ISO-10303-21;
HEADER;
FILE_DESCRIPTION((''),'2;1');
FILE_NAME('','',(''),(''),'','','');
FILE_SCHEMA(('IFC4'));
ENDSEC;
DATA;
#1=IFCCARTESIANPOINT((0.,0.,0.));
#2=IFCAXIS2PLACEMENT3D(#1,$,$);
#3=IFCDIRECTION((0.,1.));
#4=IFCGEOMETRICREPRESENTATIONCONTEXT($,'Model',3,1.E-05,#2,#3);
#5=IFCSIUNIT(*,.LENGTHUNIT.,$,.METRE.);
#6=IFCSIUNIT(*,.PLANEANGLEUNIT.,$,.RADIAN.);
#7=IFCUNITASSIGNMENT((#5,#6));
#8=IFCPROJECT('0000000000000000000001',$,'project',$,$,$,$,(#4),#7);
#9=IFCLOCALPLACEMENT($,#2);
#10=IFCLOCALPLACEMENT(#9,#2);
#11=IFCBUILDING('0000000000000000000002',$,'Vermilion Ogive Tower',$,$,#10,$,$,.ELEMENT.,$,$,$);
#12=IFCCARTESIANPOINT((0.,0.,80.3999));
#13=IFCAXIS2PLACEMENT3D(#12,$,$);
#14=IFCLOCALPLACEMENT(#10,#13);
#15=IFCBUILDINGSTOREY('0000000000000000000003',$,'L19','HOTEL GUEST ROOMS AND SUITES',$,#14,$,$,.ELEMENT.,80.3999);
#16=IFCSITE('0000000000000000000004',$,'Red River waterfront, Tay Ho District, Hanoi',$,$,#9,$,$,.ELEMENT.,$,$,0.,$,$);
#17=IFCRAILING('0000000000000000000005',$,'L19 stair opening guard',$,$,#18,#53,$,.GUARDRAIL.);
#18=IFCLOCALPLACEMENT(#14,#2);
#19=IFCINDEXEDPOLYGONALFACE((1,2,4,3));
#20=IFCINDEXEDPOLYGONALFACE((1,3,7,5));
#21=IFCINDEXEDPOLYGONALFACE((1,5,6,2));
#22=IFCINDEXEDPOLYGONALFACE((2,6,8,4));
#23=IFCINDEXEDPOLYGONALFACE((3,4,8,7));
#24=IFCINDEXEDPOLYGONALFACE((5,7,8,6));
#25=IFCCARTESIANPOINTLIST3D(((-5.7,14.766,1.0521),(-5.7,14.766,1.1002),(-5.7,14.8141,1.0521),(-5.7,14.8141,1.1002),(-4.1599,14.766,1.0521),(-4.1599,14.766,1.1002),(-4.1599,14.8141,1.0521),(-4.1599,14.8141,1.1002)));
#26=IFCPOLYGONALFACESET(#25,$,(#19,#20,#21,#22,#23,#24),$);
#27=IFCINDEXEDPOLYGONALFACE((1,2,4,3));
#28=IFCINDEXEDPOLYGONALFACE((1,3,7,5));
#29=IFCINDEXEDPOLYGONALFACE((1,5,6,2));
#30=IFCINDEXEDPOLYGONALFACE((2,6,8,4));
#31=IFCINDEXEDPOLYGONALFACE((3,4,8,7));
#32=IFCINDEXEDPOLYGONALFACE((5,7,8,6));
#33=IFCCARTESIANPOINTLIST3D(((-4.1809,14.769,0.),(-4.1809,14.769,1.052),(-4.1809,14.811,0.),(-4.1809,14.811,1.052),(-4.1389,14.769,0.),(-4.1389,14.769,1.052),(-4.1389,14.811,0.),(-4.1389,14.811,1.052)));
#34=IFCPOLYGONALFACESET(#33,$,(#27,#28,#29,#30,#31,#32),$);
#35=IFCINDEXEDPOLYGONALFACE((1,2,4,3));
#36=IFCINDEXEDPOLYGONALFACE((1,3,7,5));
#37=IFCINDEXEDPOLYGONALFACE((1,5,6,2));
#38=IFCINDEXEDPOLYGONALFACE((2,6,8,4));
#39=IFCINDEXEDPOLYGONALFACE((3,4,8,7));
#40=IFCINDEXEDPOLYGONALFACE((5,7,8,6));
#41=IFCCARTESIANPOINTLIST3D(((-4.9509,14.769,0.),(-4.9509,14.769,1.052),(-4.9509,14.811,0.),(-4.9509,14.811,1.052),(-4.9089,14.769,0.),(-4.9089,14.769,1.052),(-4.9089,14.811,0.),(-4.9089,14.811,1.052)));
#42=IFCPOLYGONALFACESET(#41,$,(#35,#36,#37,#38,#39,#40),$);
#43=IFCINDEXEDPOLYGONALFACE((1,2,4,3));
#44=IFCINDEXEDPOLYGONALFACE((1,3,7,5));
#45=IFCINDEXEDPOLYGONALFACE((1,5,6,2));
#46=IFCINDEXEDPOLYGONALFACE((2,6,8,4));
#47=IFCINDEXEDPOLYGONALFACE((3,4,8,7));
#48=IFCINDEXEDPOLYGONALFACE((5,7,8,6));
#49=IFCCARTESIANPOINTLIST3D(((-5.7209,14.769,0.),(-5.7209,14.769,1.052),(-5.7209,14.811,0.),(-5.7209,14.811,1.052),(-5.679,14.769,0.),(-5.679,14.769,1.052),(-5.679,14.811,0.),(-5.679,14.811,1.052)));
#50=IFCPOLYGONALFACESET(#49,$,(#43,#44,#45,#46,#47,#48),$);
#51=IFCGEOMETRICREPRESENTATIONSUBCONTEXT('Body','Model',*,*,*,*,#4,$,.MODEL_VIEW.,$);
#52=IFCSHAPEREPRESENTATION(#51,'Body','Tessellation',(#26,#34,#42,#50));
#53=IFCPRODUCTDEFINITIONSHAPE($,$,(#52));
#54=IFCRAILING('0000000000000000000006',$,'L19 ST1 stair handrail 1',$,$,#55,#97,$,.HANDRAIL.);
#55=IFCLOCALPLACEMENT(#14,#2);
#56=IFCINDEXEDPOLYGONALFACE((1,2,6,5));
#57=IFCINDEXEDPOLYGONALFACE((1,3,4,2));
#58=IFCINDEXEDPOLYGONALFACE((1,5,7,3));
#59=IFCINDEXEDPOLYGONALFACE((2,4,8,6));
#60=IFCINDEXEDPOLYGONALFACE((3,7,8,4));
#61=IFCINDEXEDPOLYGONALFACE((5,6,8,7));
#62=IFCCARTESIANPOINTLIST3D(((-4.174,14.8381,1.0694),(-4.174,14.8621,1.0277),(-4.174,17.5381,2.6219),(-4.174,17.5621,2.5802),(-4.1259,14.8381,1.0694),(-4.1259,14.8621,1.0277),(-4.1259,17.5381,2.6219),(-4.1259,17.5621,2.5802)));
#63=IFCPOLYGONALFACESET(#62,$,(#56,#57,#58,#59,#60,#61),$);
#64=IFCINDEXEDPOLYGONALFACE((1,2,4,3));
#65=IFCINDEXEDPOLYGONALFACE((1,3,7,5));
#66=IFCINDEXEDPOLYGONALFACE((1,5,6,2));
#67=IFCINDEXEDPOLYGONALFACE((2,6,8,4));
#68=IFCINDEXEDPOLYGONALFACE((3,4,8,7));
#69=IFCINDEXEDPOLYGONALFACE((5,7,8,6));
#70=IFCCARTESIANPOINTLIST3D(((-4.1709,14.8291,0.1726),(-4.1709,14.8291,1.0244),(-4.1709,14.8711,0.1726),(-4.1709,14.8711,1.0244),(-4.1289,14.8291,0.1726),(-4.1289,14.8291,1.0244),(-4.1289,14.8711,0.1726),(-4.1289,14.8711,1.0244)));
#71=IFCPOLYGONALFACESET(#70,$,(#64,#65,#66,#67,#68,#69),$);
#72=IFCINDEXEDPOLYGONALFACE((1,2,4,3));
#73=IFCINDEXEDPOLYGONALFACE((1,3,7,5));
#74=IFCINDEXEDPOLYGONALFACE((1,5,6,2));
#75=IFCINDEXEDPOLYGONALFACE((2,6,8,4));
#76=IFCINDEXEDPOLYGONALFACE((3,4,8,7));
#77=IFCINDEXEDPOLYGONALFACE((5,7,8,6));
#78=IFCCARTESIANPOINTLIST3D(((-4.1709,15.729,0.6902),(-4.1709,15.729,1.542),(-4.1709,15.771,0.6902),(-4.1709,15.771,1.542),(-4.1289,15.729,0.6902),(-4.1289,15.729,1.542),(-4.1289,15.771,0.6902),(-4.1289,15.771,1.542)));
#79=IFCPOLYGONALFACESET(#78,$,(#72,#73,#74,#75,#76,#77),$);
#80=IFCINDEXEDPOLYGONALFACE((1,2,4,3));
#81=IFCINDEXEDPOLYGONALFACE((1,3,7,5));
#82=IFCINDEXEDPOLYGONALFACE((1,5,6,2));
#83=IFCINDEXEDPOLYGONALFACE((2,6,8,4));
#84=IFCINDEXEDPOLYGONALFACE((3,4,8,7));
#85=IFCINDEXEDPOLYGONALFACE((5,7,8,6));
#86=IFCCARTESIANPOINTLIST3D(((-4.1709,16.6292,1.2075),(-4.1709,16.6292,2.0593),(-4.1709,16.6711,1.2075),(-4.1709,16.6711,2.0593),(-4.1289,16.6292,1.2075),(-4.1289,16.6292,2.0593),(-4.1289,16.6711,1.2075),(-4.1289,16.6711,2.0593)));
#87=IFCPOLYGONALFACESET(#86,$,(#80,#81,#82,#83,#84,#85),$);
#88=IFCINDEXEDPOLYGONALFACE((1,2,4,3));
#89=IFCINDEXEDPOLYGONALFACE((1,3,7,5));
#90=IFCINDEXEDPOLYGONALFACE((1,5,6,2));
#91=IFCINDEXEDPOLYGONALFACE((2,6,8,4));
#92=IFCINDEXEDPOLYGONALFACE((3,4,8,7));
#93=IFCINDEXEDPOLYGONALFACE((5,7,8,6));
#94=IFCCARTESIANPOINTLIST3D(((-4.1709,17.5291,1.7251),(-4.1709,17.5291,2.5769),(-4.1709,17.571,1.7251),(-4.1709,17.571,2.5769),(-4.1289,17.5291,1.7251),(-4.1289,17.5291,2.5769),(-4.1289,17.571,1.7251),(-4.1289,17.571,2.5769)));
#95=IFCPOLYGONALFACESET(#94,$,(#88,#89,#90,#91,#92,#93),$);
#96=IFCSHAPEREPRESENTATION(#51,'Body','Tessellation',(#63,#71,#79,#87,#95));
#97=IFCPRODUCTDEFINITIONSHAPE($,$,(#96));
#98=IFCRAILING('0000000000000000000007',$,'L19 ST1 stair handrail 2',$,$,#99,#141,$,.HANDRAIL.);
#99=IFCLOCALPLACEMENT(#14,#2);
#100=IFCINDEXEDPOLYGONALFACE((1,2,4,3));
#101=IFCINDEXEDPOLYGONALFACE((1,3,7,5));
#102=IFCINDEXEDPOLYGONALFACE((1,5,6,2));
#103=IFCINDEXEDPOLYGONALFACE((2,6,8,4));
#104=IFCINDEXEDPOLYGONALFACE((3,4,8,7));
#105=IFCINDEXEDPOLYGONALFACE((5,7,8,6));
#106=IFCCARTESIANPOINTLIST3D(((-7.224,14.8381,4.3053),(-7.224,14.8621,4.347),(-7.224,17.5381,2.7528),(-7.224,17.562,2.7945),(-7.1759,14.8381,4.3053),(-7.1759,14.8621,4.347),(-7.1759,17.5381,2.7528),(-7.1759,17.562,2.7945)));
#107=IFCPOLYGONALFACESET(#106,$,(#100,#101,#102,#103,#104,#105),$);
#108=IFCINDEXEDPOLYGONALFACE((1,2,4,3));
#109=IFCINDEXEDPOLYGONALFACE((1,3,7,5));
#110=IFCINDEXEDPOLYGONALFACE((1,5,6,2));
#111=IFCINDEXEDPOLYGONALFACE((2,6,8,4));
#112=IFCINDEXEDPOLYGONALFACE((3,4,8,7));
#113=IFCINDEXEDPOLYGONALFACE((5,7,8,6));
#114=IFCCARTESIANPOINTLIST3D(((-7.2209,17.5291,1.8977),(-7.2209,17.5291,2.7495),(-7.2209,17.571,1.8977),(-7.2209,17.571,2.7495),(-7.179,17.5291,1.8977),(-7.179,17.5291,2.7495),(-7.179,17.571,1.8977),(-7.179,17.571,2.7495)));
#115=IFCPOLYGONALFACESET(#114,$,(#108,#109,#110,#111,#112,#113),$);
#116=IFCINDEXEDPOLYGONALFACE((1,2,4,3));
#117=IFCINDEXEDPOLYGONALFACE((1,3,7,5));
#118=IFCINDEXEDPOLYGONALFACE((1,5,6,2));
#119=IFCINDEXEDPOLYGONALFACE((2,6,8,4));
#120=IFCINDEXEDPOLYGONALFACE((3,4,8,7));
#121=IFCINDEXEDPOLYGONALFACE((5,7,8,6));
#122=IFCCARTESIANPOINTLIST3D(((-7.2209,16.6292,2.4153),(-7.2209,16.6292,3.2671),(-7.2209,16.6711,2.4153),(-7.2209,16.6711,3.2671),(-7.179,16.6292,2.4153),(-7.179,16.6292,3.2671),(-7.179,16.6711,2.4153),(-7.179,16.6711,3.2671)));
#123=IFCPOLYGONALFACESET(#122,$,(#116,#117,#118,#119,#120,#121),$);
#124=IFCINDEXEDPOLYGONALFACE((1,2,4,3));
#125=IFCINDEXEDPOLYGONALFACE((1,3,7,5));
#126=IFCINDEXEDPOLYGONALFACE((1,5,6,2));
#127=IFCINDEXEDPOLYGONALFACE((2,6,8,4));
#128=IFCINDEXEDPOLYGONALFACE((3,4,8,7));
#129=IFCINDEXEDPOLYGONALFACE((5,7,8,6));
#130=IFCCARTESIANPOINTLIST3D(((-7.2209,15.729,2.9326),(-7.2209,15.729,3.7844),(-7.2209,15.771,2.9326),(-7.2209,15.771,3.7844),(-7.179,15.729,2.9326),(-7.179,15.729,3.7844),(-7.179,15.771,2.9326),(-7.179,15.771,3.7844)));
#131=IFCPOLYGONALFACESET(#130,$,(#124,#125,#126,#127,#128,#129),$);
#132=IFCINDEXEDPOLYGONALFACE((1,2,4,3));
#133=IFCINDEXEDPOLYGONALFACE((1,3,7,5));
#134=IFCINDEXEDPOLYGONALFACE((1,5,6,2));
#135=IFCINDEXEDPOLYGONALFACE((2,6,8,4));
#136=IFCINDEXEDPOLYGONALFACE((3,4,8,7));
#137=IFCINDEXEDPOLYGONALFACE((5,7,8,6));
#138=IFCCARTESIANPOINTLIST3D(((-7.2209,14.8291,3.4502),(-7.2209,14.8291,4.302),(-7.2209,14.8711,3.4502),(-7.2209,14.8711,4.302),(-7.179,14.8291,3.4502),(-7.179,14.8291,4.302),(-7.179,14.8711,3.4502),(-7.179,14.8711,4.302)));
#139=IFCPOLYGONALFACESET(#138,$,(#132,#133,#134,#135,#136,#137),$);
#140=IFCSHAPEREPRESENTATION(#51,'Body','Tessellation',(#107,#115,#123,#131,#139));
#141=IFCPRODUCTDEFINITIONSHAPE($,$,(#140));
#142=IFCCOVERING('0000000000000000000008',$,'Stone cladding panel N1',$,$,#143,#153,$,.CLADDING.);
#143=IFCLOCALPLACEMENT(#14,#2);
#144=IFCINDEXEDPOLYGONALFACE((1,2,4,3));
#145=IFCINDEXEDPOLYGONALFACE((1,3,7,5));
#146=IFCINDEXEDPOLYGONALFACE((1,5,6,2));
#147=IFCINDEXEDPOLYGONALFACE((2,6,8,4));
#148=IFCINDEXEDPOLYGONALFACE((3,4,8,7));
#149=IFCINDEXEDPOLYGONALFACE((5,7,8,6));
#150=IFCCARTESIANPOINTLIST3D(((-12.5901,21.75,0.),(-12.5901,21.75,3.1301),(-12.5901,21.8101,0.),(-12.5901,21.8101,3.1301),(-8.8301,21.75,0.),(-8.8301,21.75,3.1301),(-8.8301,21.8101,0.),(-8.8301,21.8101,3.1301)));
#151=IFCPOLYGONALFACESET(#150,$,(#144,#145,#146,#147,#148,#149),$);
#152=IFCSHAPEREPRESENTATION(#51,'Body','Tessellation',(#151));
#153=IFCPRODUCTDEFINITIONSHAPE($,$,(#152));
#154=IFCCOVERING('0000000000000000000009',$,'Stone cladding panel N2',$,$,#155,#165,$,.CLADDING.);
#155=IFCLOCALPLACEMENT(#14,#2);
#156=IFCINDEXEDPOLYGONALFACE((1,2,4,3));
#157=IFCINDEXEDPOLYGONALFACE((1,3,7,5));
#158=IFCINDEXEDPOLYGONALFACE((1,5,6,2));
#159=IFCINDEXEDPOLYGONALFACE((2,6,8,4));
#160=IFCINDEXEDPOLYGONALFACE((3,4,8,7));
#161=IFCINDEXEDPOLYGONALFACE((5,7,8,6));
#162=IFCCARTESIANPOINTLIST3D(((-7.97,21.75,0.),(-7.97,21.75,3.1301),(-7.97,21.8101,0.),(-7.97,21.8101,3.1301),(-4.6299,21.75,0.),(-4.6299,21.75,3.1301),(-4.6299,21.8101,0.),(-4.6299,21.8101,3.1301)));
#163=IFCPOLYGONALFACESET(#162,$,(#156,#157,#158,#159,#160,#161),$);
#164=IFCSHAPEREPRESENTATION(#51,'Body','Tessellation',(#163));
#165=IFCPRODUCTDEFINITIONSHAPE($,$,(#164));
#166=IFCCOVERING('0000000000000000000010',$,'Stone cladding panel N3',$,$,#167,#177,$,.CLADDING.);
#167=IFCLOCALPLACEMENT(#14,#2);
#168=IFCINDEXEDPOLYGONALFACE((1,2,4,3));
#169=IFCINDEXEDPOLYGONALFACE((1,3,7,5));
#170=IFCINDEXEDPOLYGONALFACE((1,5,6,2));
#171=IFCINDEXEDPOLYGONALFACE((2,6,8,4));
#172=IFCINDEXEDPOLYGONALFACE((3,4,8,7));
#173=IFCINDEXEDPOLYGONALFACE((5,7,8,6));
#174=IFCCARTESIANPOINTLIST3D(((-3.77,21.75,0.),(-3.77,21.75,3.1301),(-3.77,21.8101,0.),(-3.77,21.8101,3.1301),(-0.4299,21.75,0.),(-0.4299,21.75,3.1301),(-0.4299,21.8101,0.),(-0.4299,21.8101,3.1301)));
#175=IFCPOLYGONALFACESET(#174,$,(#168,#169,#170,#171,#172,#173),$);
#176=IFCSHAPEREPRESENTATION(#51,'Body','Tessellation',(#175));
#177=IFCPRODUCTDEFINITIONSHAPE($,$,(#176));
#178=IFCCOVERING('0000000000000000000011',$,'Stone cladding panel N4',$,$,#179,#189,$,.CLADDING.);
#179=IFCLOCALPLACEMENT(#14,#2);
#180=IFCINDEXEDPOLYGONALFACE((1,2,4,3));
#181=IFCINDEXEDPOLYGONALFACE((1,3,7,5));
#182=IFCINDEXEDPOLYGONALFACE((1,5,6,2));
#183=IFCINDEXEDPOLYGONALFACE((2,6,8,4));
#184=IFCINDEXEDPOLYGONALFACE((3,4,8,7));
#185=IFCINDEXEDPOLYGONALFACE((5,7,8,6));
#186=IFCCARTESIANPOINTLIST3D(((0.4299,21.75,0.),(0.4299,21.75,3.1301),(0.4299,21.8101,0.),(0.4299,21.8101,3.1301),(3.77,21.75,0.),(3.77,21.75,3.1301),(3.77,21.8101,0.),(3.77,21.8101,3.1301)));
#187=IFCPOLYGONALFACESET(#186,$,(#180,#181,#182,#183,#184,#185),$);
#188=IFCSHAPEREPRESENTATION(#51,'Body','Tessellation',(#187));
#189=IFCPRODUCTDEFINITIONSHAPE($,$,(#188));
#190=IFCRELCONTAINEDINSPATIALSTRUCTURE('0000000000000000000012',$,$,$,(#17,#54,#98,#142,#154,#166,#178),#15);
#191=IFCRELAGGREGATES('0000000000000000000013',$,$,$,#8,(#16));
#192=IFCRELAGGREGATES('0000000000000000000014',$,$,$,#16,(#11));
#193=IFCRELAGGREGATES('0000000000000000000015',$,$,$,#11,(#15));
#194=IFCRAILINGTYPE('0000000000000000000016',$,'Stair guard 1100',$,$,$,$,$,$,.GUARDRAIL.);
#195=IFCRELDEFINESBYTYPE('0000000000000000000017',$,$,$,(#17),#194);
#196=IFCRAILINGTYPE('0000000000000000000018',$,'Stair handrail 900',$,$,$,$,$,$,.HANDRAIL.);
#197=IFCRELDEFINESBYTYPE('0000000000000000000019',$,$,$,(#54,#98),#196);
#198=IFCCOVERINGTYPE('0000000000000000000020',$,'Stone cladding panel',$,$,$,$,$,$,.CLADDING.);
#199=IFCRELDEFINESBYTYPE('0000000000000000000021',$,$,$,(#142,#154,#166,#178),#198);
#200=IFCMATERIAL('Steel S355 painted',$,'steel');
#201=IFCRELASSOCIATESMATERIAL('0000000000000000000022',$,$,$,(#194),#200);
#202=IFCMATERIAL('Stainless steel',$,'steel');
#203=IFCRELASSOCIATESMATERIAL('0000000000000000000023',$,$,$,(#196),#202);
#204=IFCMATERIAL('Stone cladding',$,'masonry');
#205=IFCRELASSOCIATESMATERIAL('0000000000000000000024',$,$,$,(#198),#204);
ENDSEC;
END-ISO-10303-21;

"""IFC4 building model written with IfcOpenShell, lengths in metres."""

from ifc_helpers import new_model, si_unit, direction, frame, origin, origin_2d, place, context, subcontext, project, spatial, polyline, rectangle, outline, extrude, material, type_object, element, save


model = new_model("IFC4")

# Units and contexts
model_context = context("Model", 3, precision=1e-05, world=origin(), true_north=direction((0.0, 1.0)))
body_context = subcontext(model_context, "Body", "Model", "MODEL_VIEW")
ifc_project = project(units=[si_unit("LENGTHUNIT", "METRE"), si_unit("PLANEANGLEUNIT", "RADIAN")], contexts=[model_context])

# Site, building, storey
site_placement = place(None, origin())
site = spatial("IfcSite", under=ifc_project, at=site_placement, Name="Red River waterfront, Tay Ho District, Hanoi", CompositionType="ELEMENT", RefElevation=0.0)
building_placement = place(site_placement, origin())
building = spatial("IfcBuilding", under=site, at=building_placement, Name="Vermilion Ogive Tower", CompositionType="ELEMENT")
storey_placement = place(building_placement, frame((0.0, 0.0, 80.3999)))
storey = spatial("IfcBuildingStorey", under=building, at=storey_placement, Name="L19", Description="HOTEL GUEST ROOMS AND SUITES", CompositionType="ELEMENT", Elevation=80.3999)

# Railings
ifc_material_1 = material(Name="Steel S355 painted", Category="steel")
railing_type_1 = type_object("IfcRailingType", Name="Stair guard 1100", PredefinedType="GUARDRAIL", material=ifc_material_1)
railing_1_placement = place(storey_placement, frame((-4.1599, 14.79, 0.0)))
element("IfcRailing", 1, at=railing_1_placement, inside=storey, type_object=railing_type_1, Name="L19 stair opening guard", PredefinedType="GUARDRAIL", context=body_context, shape_type="SweptSolid", body=[
    extrude(rectangle(XDim=0.0481, YDim=0.0481, at=origin_2d()), frame((0.0, 0.0, 1.0762), z_axis=(-1.0, 0.0, 0.0), x_axis=(0.0, -1.0, 0.0)), (0.0, 0.0, 1.0), 1.54),
    extrude(rectangle(XDim=0.042, YDim=0.042, at=origin_2d()), origin(), (0.0, 0.0, 1.0), 1.052),
    extrude(rectangle(XDim=0.042, YDim=0.042, at=origin_2d()), frame((-0.77, 0.0, 0.0)), (0.0, 0.0, 1.0), 1.052),
    extrude(rectangle(XDim=0.042, YDim=0.042, at=origin_2d()), frame((-1.54, 0.0, 0.0)), (0.0, 0.0, 1.0), 1.052),
])
ifc_material_2 = material(Name="Stainless steel", Category="steel")
railing_type_2 = type_object("IfcRailingType", Name="Stair handrail 900", PredefinedType="HANDRAIL", material=ifc_material_2)
railing_2_placement = place(storey_placement, frame((-4.1499, 14.8501, 0.1726)))
element("IfcRailing", 2, at=railing_2_placement, inside=storey, type_object=railing_type_2, Name="L19 ST1 stair handrail 1", PredefinedType="HANDRAIL", context=body_context, shape_type="SweptSolid", body=[
    extrude(rectangle(XDim=0.0481, YDim=0.0481, at=origin_2d()), frame((0.0, 0.0, 0.876), z_axis=(0.0, 0.866904, 0.498476), x_axis=(-1.0, 0.0, 0.0)), (0.0, 0.0, 1.0), 3.1145),
    extrude(rectangle(XDim=0.042, YDim=0.042, at=origin_2d()), origin(), (0.0, 0.0, 1.0), 0.8518),
    extrude(rectangle(XDim=0.042, YDim=0.042, at=origin_2d()), frame((0.0, 0.8999, 0.5176)), (0.0, 0.0, 1.0), 0.8518),
    extrude(rectangle(XDim=0.042, YDim=0.042, at=origin_2d()), frame((0.0, 1.8, 1.0349)), (0.0, 0.0, 1.0), 0.8518),
    extrude(rectangle(XDim=0.042, YDim=0.042, at=origin_2d()), frame((0.0, 2.7, 1.5525)), (0.0, 0.0, 1.0), 0.8518),
])
railing_3_placement = place(storey_placement, frame((-7.2, 17.55, 1.8977)))
element("IfcRailing", 3, at=railing_3_placement, inside=storey, type_object=railing_type_2, Name="L19 ST1 stair handrail 2", PredefinedType="HANDRAIL", context=body_context, shape_type="SweptSolid", body=[
    extrude(rectangle(XDim=0.0481, YDim=0.0481, at=origin_2d()), frame((0.0, 0.0, 0.876), z_axis=(0.0, -0.866904, 0.498476), x_axis=(1.0, 0.0, 0.0)), (0.0, 0.0, 1.0), 3.1145),
    extrude(rectangle(XDim=0.042, YDim=0.042, at=origin_2d()), origin(), (0.0, 0.0, 1.0), 0.8518),
    extrude(rectangle(XDim=0.042, YDim=0.042, at=origin_2d()), frame((0.0, -0.8999, 0.5176)), (0.0, 0.0, 1.0), 0.8518),
    extrude(rectangle(XDim=0.042, YDim=0.042, at=origin_2d()), frame((0.0, -1.8, 1.0349)), (0.0, 0.0, 1.0), 0.8518),
    extrude(rectangle(XDim=0.042, YDim=0.042, at=origin_2d()), frame((0.0, -2.7, 1.5525)), (0.0, 0.0, 1.0), 0.8518),
])

# Coverings
ifc_material_3 = material(Name="Stone cladding", Category="masonry")
covering_type_1 = type_object("IfcCoveringType", Name="Stone cladding panel", PredefinedType="CLADDING", material=ifc_material_3)
covering_1_placement = place(storey_placement, origin())
element("IfcCovering", 4, at=covering_1_placement, inside=storey, type_object=covering_type_1, Name="Stone cladding panel N1", PredefinedType="CLADDING", context=body_context, shape_type="SweptSolid", body=[
    extrude(outline(polyline([(-12.5901, 21.75), (-8.8301, 21.75), (-8.8301, 21.8101), (-12.5901, 21.8101), (-12.5901, 21.75)])), origin(), (0.0, 0.0, 1.0), 3.1301),
])
covering_2_placement = place(storey_placement, origin())
element("IfcCovering", 5, at=covering_2_placement, inside=storey, type_object=covering_type_1, Name="Stone cladding panel N2", PredefinedType="CLADDING", context=body_context, shape_type="SweptSolid", body=[
    extrude(outline(polyline([(-7.97, 21.75), (-4.6299, 21.75), (-4.6299, 21.8101), (-7.97, 21.8101), (-7.97, 21.75)])), origin(), (0.0, 0.0, 1.0), 3.1301),
])
covering_3_placement = place(storey_placement, origin())
element("IfcCovering", 6, at=covering_3_placement, inside=storey, type_object=covering_type_1, Name="Stone cladding panel N3", PredefinedType="CLADDING", context=body_context, shape_type="SweptSolid", body=[
    extrude(outline(polyline([(-3.77, 21.75), (-0.4299, 21.75), (-0.4299, 21.8101), (-3.77, 21.8101), (-3.77, 21.75)])), origin(), (0.0, 0.0, 1.0), 3.1301),
])
covering_4_placement = place(storey_placement, origin())
element("IfcCovering", 7, at=covering_4_placement, inside=storey, type_object=covering_type_1, Name="Stone cladding panel N4", PredefinedType="CLADDING", context=body_context, shape_type="SweptSolid", body=[
    extrude(outline(polyline([(0.4299, 21.75), (3.77, 21.75), (3.77, 21.8101), (0.4299, 21.8101), (0.4299, 21.75)])), origin(), (0.0, 0.0, 1.0), 3.1301),
])

save(model, "model.ifc")
